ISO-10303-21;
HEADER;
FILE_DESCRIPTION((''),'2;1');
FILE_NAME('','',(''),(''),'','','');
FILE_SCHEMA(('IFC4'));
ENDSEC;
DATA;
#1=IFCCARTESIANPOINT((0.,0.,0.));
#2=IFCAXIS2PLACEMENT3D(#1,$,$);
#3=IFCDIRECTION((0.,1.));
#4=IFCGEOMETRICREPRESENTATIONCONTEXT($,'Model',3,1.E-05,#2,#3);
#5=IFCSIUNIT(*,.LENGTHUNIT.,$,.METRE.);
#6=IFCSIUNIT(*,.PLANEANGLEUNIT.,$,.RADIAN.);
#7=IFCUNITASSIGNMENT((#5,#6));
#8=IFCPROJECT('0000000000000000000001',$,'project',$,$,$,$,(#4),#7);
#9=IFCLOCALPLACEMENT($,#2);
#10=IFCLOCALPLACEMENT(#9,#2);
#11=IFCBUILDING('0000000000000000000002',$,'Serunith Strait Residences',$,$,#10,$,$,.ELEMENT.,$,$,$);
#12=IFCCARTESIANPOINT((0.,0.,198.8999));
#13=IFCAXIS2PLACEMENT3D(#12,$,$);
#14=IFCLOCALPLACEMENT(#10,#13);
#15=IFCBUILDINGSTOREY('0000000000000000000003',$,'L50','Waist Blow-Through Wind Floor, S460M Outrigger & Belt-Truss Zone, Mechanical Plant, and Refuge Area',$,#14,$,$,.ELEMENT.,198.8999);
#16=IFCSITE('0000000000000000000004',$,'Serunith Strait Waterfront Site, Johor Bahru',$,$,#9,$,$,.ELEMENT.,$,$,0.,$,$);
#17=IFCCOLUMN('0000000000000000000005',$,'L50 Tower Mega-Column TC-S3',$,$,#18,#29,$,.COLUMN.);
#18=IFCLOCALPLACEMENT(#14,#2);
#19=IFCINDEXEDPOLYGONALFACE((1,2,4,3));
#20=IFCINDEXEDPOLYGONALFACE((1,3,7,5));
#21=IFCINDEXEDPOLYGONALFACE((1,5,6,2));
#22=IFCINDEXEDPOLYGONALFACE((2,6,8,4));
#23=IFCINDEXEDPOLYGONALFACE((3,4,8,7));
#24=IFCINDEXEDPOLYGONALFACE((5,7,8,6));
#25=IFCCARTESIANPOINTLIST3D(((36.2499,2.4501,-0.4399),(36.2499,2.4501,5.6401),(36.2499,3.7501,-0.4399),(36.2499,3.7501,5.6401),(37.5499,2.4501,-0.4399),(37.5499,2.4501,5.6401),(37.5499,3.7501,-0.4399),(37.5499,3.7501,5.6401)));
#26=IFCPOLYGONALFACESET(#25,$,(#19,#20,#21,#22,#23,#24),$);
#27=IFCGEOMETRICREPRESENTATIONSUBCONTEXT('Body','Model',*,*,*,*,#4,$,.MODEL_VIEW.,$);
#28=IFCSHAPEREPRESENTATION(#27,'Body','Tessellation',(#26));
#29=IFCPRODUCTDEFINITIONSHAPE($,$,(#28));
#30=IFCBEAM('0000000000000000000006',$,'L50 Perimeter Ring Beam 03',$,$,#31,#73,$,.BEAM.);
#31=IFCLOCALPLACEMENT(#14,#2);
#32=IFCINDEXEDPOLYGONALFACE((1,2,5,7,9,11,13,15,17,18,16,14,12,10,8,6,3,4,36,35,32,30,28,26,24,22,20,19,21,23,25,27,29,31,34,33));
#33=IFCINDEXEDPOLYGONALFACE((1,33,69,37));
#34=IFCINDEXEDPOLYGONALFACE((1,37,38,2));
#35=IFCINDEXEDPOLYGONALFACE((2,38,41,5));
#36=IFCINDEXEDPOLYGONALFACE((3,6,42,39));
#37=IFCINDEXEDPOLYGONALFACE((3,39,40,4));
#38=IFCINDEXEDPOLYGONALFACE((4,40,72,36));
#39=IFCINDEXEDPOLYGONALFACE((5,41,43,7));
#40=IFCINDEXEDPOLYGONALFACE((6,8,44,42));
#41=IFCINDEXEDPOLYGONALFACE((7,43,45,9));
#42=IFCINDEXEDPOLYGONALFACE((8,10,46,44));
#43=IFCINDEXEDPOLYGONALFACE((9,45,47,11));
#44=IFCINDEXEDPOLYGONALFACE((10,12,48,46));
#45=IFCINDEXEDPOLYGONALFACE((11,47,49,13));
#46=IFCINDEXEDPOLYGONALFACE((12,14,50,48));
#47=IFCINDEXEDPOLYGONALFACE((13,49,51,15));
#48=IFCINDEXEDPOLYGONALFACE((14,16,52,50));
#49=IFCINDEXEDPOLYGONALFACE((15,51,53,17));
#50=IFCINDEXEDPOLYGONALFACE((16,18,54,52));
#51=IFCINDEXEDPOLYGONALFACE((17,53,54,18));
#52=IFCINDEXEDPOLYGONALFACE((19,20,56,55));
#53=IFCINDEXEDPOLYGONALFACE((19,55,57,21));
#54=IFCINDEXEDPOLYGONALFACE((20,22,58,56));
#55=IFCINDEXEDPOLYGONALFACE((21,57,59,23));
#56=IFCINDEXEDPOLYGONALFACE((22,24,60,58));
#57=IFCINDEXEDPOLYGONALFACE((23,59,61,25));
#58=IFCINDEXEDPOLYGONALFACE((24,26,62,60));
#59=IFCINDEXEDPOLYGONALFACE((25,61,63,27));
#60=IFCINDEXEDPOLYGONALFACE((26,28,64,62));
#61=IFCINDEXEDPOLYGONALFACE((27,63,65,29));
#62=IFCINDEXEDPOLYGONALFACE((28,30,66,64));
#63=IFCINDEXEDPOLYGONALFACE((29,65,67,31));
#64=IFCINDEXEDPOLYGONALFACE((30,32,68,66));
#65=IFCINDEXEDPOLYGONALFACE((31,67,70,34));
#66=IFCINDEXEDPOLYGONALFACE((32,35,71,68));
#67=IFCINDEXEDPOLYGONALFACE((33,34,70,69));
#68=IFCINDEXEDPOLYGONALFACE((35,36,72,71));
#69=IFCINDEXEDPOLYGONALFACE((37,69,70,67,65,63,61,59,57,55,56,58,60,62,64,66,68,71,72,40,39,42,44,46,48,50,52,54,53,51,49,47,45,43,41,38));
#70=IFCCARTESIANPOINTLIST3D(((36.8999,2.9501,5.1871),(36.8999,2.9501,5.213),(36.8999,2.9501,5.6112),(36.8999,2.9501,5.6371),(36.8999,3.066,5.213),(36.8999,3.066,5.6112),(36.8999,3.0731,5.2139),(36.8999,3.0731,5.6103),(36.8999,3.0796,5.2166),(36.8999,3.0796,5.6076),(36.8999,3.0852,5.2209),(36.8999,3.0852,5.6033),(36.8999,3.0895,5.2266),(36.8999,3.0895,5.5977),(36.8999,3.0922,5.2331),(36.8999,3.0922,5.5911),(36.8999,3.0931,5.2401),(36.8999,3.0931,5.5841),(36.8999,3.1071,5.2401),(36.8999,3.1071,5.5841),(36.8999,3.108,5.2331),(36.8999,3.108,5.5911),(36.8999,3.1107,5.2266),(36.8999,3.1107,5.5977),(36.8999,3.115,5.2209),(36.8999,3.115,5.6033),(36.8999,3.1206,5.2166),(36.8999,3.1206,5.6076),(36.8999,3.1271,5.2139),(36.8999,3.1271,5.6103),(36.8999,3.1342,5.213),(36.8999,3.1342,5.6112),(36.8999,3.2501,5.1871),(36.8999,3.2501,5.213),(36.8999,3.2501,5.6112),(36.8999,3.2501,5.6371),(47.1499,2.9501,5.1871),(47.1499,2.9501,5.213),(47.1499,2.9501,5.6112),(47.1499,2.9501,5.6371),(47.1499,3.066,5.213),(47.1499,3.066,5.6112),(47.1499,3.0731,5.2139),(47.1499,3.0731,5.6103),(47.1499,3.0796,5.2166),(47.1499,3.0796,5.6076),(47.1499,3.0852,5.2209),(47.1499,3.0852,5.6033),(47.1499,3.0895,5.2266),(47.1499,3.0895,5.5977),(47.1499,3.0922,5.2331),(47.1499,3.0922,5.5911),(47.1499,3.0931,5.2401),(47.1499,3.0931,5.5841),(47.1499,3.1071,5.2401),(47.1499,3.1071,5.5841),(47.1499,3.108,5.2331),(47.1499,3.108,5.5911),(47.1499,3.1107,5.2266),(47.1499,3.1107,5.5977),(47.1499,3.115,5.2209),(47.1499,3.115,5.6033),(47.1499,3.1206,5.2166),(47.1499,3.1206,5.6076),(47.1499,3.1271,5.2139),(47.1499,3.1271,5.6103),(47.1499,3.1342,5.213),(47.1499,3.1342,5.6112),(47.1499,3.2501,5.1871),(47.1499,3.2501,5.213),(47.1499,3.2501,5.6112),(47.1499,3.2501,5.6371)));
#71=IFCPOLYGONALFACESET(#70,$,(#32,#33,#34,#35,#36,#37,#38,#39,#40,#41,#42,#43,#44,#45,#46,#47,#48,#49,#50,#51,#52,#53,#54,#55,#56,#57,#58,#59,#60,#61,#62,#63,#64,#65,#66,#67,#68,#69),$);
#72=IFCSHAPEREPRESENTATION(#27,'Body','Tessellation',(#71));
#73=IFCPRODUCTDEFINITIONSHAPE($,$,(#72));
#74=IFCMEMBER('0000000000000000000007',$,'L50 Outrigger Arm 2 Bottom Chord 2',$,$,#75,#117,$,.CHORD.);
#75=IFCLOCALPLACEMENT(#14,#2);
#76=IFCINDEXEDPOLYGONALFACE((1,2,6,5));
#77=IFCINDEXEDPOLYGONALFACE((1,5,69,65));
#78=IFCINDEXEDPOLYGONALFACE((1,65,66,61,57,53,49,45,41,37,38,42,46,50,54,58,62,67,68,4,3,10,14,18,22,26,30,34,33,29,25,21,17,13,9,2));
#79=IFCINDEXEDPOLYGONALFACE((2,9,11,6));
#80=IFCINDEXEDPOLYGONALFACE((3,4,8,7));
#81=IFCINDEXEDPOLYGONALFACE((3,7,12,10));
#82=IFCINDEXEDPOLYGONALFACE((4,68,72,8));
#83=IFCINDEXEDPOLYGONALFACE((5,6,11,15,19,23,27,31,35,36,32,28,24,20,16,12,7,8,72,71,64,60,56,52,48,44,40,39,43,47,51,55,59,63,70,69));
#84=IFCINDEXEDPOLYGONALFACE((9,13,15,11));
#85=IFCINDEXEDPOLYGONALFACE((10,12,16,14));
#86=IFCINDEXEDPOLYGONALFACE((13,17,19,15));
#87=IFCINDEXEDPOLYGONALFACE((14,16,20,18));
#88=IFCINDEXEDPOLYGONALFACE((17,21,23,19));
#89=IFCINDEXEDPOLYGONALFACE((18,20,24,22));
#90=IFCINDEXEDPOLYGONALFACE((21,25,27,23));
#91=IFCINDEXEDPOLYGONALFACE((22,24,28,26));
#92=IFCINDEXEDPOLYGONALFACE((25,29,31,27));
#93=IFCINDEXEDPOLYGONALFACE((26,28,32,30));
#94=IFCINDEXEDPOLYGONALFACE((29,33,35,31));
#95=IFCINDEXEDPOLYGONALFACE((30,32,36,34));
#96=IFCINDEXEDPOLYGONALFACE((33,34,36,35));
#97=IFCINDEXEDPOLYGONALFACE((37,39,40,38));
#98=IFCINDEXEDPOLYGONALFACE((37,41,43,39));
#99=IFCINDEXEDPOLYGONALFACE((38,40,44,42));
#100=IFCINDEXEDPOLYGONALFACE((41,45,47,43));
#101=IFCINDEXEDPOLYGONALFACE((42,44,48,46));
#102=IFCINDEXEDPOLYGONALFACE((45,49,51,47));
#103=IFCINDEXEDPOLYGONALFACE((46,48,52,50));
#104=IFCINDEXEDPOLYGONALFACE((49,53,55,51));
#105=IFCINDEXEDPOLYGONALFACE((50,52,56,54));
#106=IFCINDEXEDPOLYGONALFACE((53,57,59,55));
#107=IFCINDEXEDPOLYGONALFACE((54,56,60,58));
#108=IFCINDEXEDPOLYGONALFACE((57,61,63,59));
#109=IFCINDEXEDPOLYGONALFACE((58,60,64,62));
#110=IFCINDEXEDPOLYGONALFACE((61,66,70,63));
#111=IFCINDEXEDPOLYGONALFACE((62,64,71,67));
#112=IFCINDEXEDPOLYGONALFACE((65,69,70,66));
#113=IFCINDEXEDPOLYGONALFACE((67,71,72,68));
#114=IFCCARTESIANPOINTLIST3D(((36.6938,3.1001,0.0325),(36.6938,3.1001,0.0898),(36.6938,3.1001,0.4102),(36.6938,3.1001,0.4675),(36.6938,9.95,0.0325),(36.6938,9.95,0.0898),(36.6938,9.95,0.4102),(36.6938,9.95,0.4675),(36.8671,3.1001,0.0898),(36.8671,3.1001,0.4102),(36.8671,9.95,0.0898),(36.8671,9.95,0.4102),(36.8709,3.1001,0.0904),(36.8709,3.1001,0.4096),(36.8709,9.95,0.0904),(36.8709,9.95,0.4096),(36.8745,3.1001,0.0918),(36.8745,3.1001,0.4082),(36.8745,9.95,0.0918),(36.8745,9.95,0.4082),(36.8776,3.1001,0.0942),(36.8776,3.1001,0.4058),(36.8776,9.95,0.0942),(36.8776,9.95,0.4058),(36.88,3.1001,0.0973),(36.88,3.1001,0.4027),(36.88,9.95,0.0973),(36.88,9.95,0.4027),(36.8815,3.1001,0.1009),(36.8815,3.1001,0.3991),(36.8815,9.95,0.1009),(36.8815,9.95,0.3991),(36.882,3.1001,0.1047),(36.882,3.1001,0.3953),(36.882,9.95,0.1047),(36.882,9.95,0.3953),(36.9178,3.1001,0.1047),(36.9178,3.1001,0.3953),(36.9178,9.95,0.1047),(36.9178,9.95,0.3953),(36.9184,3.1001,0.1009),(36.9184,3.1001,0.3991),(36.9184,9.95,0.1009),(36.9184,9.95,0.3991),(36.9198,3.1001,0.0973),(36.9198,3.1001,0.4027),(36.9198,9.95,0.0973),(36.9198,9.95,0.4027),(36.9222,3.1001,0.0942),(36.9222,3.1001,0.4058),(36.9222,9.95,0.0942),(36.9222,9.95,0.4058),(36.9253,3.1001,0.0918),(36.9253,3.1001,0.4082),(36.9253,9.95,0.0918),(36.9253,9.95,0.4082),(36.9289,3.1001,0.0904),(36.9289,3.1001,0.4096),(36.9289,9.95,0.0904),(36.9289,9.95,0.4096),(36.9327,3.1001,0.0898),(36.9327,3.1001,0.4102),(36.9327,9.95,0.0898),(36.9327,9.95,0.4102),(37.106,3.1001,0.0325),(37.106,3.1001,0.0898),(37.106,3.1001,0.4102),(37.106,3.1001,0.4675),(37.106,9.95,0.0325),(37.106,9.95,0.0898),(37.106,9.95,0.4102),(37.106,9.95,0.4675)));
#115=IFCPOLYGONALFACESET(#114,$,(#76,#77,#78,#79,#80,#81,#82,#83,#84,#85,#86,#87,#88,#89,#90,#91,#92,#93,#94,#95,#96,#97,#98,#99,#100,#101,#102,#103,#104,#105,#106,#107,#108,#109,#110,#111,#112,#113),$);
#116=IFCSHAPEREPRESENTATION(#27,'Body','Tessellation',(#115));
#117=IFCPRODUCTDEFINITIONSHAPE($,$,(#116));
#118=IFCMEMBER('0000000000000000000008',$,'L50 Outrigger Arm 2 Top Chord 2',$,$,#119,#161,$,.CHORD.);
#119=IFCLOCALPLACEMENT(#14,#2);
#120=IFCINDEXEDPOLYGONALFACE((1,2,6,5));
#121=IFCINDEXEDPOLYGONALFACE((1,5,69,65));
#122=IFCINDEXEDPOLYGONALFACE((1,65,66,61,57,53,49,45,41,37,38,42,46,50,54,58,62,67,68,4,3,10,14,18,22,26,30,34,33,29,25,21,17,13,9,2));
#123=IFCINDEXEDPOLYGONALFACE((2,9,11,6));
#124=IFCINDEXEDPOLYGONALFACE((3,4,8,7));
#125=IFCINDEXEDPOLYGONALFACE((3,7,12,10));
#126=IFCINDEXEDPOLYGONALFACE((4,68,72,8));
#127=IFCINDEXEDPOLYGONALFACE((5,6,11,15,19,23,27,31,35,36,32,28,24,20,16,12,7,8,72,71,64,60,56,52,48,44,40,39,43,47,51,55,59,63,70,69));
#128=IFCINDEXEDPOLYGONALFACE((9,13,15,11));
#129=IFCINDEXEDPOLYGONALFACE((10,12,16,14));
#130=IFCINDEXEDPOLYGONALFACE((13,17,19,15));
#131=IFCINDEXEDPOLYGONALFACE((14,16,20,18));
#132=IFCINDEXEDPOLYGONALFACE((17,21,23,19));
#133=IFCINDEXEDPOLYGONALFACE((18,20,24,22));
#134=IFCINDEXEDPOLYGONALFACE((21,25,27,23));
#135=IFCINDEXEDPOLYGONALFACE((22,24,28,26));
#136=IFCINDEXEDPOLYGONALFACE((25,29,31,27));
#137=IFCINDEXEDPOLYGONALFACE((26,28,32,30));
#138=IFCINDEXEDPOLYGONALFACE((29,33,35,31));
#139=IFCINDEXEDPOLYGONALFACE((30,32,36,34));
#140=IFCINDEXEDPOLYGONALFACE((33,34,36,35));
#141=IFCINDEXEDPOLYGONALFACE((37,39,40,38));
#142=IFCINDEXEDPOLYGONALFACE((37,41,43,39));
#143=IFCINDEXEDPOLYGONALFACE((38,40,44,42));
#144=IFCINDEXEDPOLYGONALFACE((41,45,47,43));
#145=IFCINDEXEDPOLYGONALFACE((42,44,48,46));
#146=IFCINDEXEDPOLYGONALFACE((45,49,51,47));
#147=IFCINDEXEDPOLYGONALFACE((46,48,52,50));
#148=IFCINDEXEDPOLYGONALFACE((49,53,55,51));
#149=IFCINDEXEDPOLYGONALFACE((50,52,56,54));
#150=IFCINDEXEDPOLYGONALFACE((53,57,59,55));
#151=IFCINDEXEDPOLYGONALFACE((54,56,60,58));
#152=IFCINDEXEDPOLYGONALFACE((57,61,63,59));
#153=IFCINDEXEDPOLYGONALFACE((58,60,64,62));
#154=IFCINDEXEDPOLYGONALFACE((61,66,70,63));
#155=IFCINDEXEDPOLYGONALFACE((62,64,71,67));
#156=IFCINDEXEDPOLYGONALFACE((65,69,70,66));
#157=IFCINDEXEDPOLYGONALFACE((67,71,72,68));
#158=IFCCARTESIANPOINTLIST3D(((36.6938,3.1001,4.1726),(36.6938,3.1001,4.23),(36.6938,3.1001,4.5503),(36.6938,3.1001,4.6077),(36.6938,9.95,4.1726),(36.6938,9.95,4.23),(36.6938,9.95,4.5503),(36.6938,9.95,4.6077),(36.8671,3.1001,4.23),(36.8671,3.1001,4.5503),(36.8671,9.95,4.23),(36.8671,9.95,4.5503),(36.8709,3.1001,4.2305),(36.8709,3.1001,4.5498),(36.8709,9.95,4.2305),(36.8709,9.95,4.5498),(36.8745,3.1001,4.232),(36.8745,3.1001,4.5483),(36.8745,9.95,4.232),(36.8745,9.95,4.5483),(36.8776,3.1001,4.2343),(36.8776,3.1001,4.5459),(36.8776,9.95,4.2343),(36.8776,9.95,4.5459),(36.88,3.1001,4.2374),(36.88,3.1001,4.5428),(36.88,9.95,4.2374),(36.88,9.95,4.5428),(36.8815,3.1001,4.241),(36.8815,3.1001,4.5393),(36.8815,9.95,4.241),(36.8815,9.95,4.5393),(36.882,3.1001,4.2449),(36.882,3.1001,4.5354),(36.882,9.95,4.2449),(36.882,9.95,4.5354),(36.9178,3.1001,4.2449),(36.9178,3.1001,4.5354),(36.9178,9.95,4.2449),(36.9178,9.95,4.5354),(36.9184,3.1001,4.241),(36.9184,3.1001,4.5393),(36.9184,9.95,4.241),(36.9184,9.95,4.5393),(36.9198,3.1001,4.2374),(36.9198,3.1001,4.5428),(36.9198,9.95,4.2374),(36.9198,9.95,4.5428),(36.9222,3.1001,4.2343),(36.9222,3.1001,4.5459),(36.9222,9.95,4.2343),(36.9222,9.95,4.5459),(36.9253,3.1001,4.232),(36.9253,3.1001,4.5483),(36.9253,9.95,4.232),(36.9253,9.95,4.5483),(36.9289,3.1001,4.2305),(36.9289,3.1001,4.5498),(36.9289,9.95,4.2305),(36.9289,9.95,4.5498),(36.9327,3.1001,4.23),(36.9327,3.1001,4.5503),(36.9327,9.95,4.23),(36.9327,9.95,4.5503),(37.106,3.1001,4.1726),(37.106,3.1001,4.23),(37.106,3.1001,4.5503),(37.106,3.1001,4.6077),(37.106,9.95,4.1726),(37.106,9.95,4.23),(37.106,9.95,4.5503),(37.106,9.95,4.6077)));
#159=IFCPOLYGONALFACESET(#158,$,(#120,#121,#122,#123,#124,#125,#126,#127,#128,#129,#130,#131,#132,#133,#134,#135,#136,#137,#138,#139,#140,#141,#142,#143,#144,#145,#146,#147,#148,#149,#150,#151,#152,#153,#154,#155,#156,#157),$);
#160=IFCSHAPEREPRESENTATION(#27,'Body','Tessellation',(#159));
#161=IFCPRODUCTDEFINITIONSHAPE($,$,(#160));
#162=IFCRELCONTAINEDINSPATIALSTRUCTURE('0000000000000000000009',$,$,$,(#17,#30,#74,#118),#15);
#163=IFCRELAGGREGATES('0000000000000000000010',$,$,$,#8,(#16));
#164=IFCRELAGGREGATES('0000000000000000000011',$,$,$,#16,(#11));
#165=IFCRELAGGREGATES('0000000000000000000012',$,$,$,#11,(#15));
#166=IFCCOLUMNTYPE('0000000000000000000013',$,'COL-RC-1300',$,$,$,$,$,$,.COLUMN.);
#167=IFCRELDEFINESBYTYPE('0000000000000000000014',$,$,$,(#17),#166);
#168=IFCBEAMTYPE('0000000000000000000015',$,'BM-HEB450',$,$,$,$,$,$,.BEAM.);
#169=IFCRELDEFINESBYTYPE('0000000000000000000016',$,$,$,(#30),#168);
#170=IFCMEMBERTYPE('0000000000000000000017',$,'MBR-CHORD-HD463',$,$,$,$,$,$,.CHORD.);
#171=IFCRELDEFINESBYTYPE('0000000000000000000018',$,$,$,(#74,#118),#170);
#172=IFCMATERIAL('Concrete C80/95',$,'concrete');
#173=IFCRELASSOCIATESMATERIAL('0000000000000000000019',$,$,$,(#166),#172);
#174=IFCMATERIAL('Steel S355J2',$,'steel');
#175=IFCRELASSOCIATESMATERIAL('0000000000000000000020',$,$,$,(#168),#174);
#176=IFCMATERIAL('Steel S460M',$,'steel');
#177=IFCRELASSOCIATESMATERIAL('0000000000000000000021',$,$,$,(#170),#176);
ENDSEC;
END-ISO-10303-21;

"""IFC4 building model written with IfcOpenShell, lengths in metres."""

from ifc_helpers import new_model, si_unit, direction, frame, origin, origin_2d, place, context, subcontext, project, spatial, rectangle, i_section, extrude, source, transform, mapped, material, material_profile, profile_set, type_object, element, save


model = new_model("IFC4")

# Units and contexts
model_context = context("Model", 3, precision=1e-05, world=origin(), true_north=direction((0.0, 1.0)))
body_context = subcontext(model_context, "Body", "Model", "MODEL_VIEW")
ifc_project = project(units=[si_unit("LENGTHUNIT", "METRE"), si_unit("PLANEANGLEUNIT", "RADIAN")], contexts=[model_context])

# Site, building, storey
site_placement = place(None, origin())
site = spatial("IfcSite", under=ifc_project, at=site_placement, Name="Serunith Strait Waterfront Site, Johor Bahru", CompositionType="ELEMENT", RefElevation=0.0)
building_placement = place(site_placement, origin())
building = spatial("IfcBuilding", under=site, at=building_placement, Name="Serunith Strait Residences", CompositionType="ELEMENT")
storey_placement = place(building_placement, frame((0.0, 0.0, 198.8999)))
storey = spatial("IfcBuildingStorey", under=building, at=storey_placement, Name="L50", Description="Waist Blow-Through Wind Floor, S460M Outrigger & Belt-Truss Zone, Mechanical Plant, and Refuge Area", CompositionType="ELEMENT", Elevation=198.8999)

# Column
ifc_material_1 = material(Name="Concrete C80/95", Category="concrete")
ifc_material_profile_1 = material_profile(ifc_material_1, rectangle(XDim=1.3, YDim=1.3, at=origin_2d()), Name="RC 1300x1300")
ifc_profile_set_1 = profile_set([ifc_material_profile_1], Name="Concrete C80/95")
column_type = type_object("IfcColumnType", Name="COL-RC-1300", PredefinedType="COLUMN", material=ifc_profile_set_1)
shared_shape_1 = source(origin(), body_context, "Body", "SweptSolid", [
    extrude(rectangle(XDim=1.3, YDim=1.3, at=origin_2d()), origin(), (0.0, 0.0, 1.0), 6.0801),
])
column_placement = place(storey_placement, frame((36.8999, 3.1001, -0.4399), z_axis=(0.0, 0.0, 1.0), x_axis=(1.0, 0.0, 0.0)))
element("IfcColumn", 1, at=column_placement, inside=storey, type_object=column_type, Name="L50 Tower Mega-Column TC-S3", PredefinedType="COLUMN", context=body_context, shape_type="MappedRepresentation", body=[
    mapped(shared_shape_1, transform((0.0, 0.0, 0.0), scale=1.0)),
])

# Beam
ifc_material_2 = material(Name="Steel S355J2", Category="steel")
ifc_material_profile_2 = material_profile(ifc_material_2, i_section(OverallWidth=0.3, OverallDepth=0.45, WebThickness=0.0139, FlangeThickness=0.0259, FilletRadius=0.0271, at=origin_2d()), Name="HEB 450")
ifc_profile_set_2 = profile_set([ifc_material_profile_2], Name="Steel S355J2")
beam_type_1 = type_object("IfcBeamType", Name="BM-HEB450", PredefinedType="BEAM", material=ifc_profile_set_2)
shared_shape_2 = source(origin(), body_context, "Body", "SweptSolid", [
    extrude(i_section(OverallWidth=0.3, OverallDepth=0.45, WebThickness=0.0139, FlangeThickness=0.0259, FilletRadius=0.0271, at=origin_2d()), origin(), (0.0, 0.0, 1.0), 10.25),
])
beam_1_placement = place(storey_placement, frame((36.8999, 3.1001, 5.4121), z_axis=(1.0, 0.0, 0.0), x_axis=(0.0, 1.0, 0.0)))
element("IfcBeam", 2, at=beam_1_placement, inside=storey, type_object=beam_type_1, Name="L50 Perimeter Ring Beam 03", PredefinedType="BEAM", context=body_context, shape_type="MappedRepresentation", body=[
    mapped(shared_shape_2, transform((0.0, 0.0, 0.0), scale=1.0)),
])

# Members
ifc_material_3 = material(Name="Steel S460M", Category="steel")
ifc_material_profile_3 = material_profile(ifc_material_3, i_section(OverallWidth=0.4121, OverallDepth=0.4351, WebThickness=0.0359, FlangeThickness=0.0574, FilletRadius=0.0149, at=origin_2d()), Name="HD 400x463")
ifc_profile_set_3 = profile_set([ifc_material_profile_3], Name="Steel S460M")
member_type_1 = type_object("IfcMemberType", Name="MBR-CHORD-HD463", PredefinedType="CHORD", material=ifc_profile_set_3)
shared_shape_3 = source(origin(), body_context, "Body", "SweptSolid", [
    extrude(i_section(OverallWidth=0.4121, OverallDepth=0.4351, WebThickness=0.0359, FlangeThickness=0.0574, FilletRadius=0.0149, at=origin_2d()), origin(), (0.0, 0.0, 1.0), 6.8499),
])
for number, where, z_axis, x_axis, name in (
    (3, (36.8999, 9.95, 0.25), (0.0, -1.0, 0.0), (1.0, 0.0, 0.0), "L50 Outrigger Arm 2 Bottom Chord 2"),
    (4, (36.8999, 9.95, 4.3901), (0.0, -1.0, 0.0), (1.0, 0.0, 0.0), "L50 Outrigger Arm 2 Top Chord 2"),
):
    element("IfcMember", number, at=place(storey_placement, frame(where, z_axis=z_axis, x_axis=x_axis)), inside=storey, type_object=member_type_1, Name=name, PredefinedType="CHORD", context=body_context, shape_type="MappedRepresentation", body=[
        mapped(shared_shape_3, transform((0.0, 0.0, 0.0), scale=1.0)),
    ])

save(model, "model.ifc")
